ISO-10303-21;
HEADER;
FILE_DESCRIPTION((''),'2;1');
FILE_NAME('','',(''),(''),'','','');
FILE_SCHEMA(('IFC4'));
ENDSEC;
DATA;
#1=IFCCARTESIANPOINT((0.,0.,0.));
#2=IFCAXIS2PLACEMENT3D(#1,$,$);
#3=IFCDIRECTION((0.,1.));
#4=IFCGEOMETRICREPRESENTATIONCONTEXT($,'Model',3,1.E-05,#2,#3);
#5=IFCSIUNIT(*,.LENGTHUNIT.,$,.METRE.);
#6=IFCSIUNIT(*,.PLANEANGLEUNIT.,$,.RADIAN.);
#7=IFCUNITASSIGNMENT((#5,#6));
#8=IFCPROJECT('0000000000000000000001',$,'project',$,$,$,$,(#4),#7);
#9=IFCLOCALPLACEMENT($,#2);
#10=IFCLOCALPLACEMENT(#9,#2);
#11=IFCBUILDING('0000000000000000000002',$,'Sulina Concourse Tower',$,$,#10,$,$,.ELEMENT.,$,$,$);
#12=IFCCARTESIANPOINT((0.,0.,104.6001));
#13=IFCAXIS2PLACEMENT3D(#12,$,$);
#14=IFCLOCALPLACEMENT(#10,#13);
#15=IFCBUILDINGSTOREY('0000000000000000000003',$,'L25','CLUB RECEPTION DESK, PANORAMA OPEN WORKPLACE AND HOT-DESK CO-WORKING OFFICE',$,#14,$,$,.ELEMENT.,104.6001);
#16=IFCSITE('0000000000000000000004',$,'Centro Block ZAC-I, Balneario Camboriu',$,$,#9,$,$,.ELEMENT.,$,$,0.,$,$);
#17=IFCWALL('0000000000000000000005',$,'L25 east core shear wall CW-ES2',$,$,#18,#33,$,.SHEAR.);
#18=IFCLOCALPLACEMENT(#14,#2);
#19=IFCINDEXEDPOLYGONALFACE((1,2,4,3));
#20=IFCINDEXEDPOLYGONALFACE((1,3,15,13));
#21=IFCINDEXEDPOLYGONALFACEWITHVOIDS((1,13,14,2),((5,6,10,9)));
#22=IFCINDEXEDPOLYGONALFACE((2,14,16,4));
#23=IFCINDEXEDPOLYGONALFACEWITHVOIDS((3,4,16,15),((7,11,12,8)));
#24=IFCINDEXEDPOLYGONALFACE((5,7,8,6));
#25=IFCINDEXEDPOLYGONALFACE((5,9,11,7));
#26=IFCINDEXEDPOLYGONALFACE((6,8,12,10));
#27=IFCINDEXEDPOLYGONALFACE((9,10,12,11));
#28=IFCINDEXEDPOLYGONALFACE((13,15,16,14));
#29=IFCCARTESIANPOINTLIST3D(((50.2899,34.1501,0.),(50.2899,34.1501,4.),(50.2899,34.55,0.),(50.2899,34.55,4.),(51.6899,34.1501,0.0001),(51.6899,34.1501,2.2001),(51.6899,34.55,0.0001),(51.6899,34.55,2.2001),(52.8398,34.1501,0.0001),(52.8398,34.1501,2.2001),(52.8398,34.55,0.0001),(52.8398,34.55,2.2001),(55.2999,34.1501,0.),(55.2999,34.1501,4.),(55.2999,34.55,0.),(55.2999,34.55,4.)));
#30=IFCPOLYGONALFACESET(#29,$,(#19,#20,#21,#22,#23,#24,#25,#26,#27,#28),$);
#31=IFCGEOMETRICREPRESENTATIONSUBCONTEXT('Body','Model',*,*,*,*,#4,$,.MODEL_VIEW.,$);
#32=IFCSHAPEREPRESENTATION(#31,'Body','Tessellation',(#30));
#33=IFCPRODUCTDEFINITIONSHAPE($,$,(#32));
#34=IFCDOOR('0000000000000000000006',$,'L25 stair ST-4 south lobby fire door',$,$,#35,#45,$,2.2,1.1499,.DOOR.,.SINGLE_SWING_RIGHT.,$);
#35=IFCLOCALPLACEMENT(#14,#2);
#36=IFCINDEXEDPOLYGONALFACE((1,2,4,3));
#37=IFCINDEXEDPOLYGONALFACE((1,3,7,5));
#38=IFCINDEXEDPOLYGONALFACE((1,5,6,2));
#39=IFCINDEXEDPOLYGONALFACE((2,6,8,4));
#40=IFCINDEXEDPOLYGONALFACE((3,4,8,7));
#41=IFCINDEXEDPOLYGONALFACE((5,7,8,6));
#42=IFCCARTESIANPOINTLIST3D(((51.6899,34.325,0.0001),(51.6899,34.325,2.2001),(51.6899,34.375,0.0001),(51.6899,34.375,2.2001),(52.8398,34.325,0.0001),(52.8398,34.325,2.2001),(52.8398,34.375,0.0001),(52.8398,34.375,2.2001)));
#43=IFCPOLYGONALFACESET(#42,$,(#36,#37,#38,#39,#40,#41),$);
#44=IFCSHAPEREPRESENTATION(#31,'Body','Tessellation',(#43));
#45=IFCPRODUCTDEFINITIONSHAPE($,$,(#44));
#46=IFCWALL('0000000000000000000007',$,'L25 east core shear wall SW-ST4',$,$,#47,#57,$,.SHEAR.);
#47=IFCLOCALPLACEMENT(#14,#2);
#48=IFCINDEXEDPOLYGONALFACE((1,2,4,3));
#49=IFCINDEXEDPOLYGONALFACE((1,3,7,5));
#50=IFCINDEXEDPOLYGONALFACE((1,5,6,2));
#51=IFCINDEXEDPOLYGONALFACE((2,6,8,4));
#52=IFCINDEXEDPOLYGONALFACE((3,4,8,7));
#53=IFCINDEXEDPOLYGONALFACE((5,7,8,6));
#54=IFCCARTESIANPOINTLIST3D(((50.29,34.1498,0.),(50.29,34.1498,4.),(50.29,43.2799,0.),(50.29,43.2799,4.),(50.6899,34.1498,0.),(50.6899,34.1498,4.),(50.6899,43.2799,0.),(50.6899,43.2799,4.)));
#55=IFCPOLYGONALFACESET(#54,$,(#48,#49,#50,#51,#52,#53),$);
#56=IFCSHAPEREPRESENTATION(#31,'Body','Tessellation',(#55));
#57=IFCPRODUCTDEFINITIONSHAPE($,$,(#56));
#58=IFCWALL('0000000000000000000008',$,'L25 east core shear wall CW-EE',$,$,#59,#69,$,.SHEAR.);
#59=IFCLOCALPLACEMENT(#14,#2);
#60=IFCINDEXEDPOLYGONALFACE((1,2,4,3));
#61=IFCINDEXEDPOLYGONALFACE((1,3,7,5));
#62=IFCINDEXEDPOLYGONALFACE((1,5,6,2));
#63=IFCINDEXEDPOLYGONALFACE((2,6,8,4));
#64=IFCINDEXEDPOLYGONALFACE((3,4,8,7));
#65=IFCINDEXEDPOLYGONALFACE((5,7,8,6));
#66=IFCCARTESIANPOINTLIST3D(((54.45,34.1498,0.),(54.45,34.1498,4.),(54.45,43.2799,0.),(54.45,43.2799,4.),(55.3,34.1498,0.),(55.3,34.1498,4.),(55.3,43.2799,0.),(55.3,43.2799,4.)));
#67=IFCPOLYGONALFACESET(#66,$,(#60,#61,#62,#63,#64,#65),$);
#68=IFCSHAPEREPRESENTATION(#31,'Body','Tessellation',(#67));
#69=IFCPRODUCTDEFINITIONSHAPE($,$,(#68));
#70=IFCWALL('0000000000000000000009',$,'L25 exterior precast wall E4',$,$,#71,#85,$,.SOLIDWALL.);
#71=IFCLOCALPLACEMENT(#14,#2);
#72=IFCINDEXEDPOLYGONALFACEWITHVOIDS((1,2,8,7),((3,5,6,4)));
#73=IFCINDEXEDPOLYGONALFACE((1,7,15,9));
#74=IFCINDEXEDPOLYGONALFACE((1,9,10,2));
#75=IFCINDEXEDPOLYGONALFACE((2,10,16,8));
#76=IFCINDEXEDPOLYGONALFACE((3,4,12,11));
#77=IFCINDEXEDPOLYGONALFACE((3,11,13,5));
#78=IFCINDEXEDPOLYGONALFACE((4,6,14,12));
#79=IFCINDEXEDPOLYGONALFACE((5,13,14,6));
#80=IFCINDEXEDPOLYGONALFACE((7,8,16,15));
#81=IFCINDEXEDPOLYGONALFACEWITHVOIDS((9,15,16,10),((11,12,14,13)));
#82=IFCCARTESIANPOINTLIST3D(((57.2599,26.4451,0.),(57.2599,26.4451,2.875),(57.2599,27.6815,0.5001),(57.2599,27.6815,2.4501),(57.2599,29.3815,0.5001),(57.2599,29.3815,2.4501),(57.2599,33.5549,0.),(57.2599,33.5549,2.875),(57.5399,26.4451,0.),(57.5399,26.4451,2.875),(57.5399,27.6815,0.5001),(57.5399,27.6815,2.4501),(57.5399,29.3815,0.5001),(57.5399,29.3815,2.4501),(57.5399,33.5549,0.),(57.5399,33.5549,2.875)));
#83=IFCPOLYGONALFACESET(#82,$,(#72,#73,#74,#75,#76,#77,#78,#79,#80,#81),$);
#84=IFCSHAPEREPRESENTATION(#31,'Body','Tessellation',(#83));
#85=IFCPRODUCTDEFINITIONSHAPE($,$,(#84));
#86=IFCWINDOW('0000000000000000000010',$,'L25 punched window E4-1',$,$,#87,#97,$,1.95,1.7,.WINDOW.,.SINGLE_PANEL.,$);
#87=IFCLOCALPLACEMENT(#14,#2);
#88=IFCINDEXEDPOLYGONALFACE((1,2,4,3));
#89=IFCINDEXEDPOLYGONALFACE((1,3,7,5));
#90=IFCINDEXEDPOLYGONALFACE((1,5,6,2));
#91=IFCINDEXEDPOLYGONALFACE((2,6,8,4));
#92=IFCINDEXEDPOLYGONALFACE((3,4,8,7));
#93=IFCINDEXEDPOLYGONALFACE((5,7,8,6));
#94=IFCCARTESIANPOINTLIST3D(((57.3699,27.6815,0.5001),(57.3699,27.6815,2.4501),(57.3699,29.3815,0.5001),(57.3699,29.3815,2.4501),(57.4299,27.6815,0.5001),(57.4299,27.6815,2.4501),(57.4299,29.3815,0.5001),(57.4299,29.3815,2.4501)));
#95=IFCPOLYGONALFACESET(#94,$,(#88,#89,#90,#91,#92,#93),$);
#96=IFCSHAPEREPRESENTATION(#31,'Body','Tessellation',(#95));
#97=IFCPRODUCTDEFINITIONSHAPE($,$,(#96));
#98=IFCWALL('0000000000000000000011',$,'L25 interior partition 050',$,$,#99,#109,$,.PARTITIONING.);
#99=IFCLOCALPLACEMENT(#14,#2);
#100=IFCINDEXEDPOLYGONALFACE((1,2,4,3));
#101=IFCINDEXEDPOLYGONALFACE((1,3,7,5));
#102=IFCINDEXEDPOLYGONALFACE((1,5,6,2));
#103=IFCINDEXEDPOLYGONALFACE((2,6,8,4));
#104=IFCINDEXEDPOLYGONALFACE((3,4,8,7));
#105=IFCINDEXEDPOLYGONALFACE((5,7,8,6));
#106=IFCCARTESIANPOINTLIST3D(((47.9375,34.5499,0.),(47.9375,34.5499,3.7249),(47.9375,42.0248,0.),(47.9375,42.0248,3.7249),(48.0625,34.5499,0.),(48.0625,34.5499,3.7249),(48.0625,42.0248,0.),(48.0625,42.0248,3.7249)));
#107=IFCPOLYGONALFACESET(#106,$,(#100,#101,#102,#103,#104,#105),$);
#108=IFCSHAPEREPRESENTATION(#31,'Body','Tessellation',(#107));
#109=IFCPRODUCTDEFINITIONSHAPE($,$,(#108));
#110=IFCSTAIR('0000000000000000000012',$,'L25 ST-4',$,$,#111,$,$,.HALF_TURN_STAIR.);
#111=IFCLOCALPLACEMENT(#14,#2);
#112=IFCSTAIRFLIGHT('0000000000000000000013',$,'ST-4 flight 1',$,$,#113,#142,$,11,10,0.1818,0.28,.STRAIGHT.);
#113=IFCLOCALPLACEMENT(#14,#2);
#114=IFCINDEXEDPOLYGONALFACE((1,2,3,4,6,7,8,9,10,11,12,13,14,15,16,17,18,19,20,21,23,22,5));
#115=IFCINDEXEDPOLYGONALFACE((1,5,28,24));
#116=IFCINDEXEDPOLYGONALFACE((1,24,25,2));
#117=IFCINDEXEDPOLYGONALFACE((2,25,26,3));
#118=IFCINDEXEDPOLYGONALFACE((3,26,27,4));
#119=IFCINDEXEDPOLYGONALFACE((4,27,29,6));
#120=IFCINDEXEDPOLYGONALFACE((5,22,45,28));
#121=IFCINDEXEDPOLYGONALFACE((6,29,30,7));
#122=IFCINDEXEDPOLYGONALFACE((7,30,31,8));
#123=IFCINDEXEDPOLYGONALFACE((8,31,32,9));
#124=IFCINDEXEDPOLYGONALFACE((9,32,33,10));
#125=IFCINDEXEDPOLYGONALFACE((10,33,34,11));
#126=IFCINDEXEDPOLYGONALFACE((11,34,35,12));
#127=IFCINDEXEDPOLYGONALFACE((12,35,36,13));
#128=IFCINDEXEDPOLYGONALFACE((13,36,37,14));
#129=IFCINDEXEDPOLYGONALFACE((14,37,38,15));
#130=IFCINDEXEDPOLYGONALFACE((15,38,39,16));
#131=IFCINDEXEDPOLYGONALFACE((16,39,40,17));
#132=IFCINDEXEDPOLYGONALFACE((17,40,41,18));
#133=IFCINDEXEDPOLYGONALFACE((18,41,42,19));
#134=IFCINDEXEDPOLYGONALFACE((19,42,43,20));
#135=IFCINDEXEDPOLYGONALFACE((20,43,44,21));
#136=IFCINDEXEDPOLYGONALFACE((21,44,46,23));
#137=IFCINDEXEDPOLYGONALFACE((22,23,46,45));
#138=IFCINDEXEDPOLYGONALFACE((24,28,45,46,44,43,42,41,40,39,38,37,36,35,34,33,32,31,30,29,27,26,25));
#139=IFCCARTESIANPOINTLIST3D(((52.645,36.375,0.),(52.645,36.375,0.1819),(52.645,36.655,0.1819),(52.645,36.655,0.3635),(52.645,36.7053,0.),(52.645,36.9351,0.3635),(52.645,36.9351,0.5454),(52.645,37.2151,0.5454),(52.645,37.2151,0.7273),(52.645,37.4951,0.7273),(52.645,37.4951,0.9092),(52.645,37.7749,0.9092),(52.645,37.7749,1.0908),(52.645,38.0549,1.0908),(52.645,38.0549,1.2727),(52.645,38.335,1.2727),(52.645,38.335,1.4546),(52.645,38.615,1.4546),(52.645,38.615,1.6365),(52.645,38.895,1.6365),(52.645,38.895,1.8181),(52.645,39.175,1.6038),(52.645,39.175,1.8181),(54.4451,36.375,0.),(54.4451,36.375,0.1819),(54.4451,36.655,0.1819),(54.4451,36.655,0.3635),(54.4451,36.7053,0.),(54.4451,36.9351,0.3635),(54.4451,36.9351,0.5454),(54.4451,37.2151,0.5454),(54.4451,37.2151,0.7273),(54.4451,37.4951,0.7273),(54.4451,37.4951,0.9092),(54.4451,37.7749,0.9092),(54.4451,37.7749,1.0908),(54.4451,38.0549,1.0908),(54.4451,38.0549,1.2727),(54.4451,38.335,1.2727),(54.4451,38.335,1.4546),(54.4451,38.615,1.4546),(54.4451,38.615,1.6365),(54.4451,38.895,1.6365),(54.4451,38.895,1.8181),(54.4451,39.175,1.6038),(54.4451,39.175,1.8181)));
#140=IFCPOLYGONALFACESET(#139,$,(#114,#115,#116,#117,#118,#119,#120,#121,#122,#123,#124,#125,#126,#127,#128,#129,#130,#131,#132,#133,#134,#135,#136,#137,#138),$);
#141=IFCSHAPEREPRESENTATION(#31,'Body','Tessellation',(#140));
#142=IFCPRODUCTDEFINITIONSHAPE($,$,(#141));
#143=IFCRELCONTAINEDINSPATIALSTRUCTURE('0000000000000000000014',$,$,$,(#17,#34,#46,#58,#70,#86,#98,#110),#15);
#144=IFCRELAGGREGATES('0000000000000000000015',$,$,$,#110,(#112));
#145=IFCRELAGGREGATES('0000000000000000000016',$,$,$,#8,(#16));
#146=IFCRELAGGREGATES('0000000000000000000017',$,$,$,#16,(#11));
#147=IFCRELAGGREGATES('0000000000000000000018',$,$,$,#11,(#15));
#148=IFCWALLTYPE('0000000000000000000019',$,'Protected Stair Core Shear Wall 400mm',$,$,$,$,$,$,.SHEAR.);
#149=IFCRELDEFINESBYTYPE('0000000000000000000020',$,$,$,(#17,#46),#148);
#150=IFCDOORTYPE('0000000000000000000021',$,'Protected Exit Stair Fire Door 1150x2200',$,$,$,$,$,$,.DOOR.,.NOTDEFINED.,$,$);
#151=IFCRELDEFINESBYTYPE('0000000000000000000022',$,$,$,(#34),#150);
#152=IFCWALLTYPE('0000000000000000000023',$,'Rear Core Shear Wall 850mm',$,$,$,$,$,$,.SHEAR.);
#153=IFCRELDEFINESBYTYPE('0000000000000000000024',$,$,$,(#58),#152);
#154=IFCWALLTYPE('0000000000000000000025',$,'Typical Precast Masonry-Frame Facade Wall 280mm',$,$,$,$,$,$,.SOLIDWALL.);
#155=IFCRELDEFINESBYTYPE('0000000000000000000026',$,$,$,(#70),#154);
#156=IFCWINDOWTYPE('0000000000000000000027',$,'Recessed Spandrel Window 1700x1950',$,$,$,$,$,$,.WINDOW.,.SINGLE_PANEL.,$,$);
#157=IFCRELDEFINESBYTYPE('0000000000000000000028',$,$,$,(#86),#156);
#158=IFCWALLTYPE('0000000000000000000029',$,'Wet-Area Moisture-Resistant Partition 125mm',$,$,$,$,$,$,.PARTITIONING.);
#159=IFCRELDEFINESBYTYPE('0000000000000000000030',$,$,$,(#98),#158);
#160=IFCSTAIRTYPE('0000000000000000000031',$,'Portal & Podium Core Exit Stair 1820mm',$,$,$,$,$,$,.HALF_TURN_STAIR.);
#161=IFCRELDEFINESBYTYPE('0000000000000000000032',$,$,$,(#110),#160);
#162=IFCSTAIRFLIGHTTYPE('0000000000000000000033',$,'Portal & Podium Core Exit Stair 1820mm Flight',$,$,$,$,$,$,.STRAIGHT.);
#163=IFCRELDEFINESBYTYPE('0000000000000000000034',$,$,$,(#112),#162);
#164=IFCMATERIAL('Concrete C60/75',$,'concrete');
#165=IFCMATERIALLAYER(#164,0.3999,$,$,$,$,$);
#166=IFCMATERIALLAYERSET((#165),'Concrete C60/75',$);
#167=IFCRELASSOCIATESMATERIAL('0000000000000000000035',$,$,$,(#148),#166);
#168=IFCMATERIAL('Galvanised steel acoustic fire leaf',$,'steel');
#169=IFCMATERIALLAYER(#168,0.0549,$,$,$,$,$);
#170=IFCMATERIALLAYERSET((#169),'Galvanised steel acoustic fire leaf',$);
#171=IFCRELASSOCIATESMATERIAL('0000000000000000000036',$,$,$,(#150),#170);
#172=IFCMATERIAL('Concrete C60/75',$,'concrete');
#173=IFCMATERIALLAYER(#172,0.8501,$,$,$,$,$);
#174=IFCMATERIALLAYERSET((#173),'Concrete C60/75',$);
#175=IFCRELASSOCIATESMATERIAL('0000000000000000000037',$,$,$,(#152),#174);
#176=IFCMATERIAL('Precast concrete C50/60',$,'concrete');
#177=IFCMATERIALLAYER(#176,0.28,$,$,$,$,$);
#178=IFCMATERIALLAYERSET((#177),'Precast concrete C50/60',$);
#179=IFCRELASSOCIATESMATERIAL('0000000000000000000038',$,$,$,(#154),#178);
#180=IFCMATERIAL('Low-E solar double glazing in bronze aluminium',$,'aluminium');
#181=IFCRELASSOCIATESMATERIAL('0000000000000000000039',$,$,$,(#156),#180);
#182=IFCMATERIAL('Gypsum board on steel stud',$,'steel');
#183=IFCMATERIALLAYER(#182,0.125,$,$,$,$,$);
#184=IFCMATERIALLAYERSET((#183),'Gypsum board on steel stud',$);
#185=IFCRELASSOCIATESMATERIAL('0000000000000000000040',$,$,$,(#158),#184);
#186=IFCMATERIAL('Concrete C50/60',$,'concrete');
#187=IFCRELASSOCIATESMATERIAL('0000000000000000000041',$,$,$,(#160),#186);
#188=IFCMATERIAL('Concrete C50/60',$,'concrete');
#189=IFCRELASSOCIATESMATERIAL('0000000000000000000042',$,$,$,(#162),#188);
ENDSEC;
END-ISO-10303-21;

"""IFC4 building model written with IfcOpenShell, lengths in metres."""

from ifc_helpers import new_model, si_unit, direction, frame, frame_2d, origin, place, context, subcontext, project, spatial, polyline, rectangle, outline, extrude, material, layer, layer_set, type_object, element, fill, aggregate, save


model = new_model("IFC4")

# Units and contexts
model_context = context("Model", 3, precision=1e-05, world=origin(), true_north=direction((0.0, 1.0)))
body_context = subcontext(model_context, "Body", "Model", "MODEL_VIEW")
ifc_project = project(units=[si_unit("LENGTHUNIT", "METRE"), si_unit("PLANEANGLEUNIT", "RADIAN")], contexts=[model_context])

# Site, building, storey
site_placement = place(None, origin())
site = spatial("IfcSite", under=ifc_project, at=site_placement, Name="Centro Block ZAC-I, Balneario Camboriu", CompositionType="ELEMENT", RefElevation=0.0)
building_placement = place(site_placement, origin())
building = spatial("IfcBuilding", under=site, at=building_placement, Name="Sulina Concourse Tower", CompositionType="ELEMENT")
storey_placement = place(building_placement, frame((0.0, 0.0, 104.6001)))
storey = spatial("IfcBuildingStorey", under=building, at=storey_placement, Name="L25", Description="CLUB RECEPTION DESK, PANORAMA OPEN WORKPLACE AND HOT-DESK CO-WORKING OFFICE", CompositionType="ELEMENT", Elevation=104.6001)

# Shared definitions
ifc_material_1 = material(Name="Concrete C60/75", Category="concrete")
ifc_layer_1 = layer(ifc_material_1, 0.3999)
ifc_layer_set_1 = layer_set([ifc_layer_1], Name="Concrete C60/75")
wall_type_1 = type_object("IfcWallType", Name="Protected Stair Core Shear Wall 400mm", PredefinedType="SHEAR", material=ifc_layer_set_1)

# Wall, opening, door
wall_1_placement = place(storey_placement, frame((50.29, 34.3501, 0.0), z_axis=(0.0, 0.0, 1.0), x_axis=(1.0, 0.0, 0.0)))
wall_1 = element("IfcWall", 1, at=wall_1_placement, inside=storey, type_object=wall_type_1, Name="L25 east core shear wall CW-ES2", PredefinedType="SHEAR", context=body_context, shape_type="SweptSolid", body=[
    extrude(rectangle(XDim=5.01, YDim=0.3999, at=frame_2d((2.5049, 0.0))), origin(), (0.0, 0.0, 1.0), 4.0),
])
opening_1_placement = place(wall_1_placement, frame((1.3999, 0.0, 0.0)))
opening_1 = element("IfcOpeningElement", 2, at=opening_1_placement, cuts=wall_1, PredefinedType="OPENING", context=body_context, shape_type="SweptSolid", body=[
    extrude(rectangle(XDim=1.1499, YDim=2.2, at=frame_2d((0.575, 1.1001))), frame((0.0, 0.21, 0.0), z_axis=(0.0, -1.0, 0.0), x_axis=(1.0, 0.0, 0.0)), (0.0, 0.0, 1.0), 0.4199),
])
ifc_material_2 = material(Name="Galvanised steel acoustic fire leaf", Category="steel")
ifc_layer_2 = layer(ifc_material_2, 0.0549)
ifc_layer_set_2 = layer_set([ifc_layer_2], Name="Galvanised steel acoustic fire leaf")
door_type_1 = type_object("IfcDoorType", Name="Protected Exit Stair Fire Door 1150x2200", OperationType="NOTDEFINED", PredefinedType="DOOR", material=ifc_layer_set_2)
door_1_placement = place(opening_1_placement, origin())
door_1 = element("IfcDoor", 3, at=door_1_placement, inside=storey, type_object=door_type_1, Name="L25 stair ST-4 south lobby fire door", OperationType="SINGLE_SWING_RIGHT", OverallHeight=2.2, OverallWidth=1.1499, PredefinedType="DOOR", context=body_context, shape_type="SweptSolid", body=[
    extrude(rectangle(XDim=1.1499, YDim=2.2, at=frame_2d((0.575, 1.1001))), frame((0.0, 0.0249, 0.0), z_axis=(0.0, -1.0, 0.0), x_axis=(1.0, 0.0, 0.0)), (0.0, 0.0, 1.0), 0.05),
])
fill(opening_1, door_1)

# Walls
wall_2_placement = place(storey_placement, frame((50.49, 34.1499, 0.0), z_axis=(0.0, 0.0, 1.0), x_axis=(0.0, 1.0, 0.0)))
element("IfcWall", 4, at=wall_2_placement, inside=storey, type_object=wall_type_1, Name="L25 east core shear wall SW-ST4", PredefinedType="SHEAR", context=body_context, shape_type="SweptSolid", body=[
    extrude(rectangle(XDim=9.1301, YDim=0.3999, at=frame_2d((4.5649, 0.0))), origin(), (0.0, 0.0, 1.0), 4.0),
])
ifc_material_3 = material(Name="Concrete C60/75", Category="concrete")
ifc_layer_3 = layer(ifc_material_3, 0.8501)
ifc_layer_set_3 = layer_set([ifc_layer_3], Name="Concrete C60/75")
wall_type_2 = type_object("IfcWallType", Name="Rear Core Shear Wall 850mm", PredefinedType="SHEAR", material=ifc_layer_set_3)
wall_3_placement = place(storey_placement, frame((54.875, 34.1499, 0.0), z_axis=(0.0, 0.0, 1.0), x_axis=(0.0, 1.0, 0.0)))
element("IfcWall", 5, at=wall_3_placement, inside=storey, type_object=wall_type_2, Name="L25 east core shear wall CW-EE", PredefinedType="SHEAR", context=body_context, shape_type="SweptSolid", body=[
    extrude(rectangle(XDim=9.1301, YDim=0.8501, at=frame_2d((4.5649, 0.0))), origin(), (0.0, 0.0, 1.0), 4.0),
])

# Wall, opening, window
ifc_material_4 = material(Name="Precast concrete C50/60", Category="concrete")
ifc_layer_4 = layer(ifc_material_4, 0.28)
ifc_layer_set_4 = layer_set([ifc_layer_4], Name="Precast concrete C50/60")
wall_type_3 = type_object("IfcWallType", Name="Typical Precast Masonry-Frame Facade Wall 280mm", PredefinedType="SOLIDWALL", material=ifc_layer_set_4)
wall_4_placement = place(storey_placement, frame((57.3999, 33.5549, 0.0), z_axis=(0.0, 0.0, 1.0), x_axis=(0.0, -1.0, 0.0)))
wall_4 = element("IfcWall", 6, at=wall_4_placement, inside=storey, type_object=wall_type_3, Name="L25 exterior precast wall E4", PredefinedType="SOLIDWALL", context=body_context, shape_type="SweptSolid", body=[
    extrude(rectangle(XDim=7.1099, YDim=0.28, at=frame_2d((3.5549, 0.0))), origin(), (0.0, 0.0, 1.0), 2.875),
])
opening_2_placement = place(wall_4_placement, frame((4.1733, 0.0, 0.5)))
opening_2 = element("IfcOpeningElement", 7, at=opening_2_placement, cuts=wall_4, PredefinedType="OPENING", context=body_context, shape_type="SweptSolid", body=[
    extrude(rectangle(XDim=1.7, YDim=1.95, at=frame_2d((0.8501, 0.9751))), frame((0.0, 0.1499, 0.0), z_axis=(0.0, -1.0, 0.0), x_axis=(1.0, 0.0, 0.0)), (0.0, 0.0, 1.0), 0.3),
])
ifc_material_5 = material(Name="Low-E solar double glazing in bronze aluminium", Category="aluminium")
window_type = type_object("IfcWindowType", Name="Recessed Spandrel Window 1700x1950", PartitioningType="SINGLE_PANEL", PredefinedType="WINDOW", material=ifc_material_5)
window_placement = place(opening_2_placement, origin())
window = element("IfcWindow", 8, at=window_placement, inside=storey, type_object=window_type, Name="L25 punched window E4-1", OverallHeight=1.95, OverallWidth=1.7, PartitioningType="SINGLE_PANEL", PredefinedType="WINDOW", context=body_context, shape_type="SweptSolid", body=[
    extrude(rectangle(XDim=1.7, YDim=1.95, at=frame_2d((0.8501, 0.9751))), frame((0.0, 0.03, 0.0), z_axis=(0.0, -1.0, 0.0), x_axis=(1.0, 0.0, 0.0)), (0.0, 0.0, 1.0), 0.0601),
])
fill(opening_2, window)

# Wall
ifc_material_6 = material(Name="Gypsum board on steel stud", Category="steel")
ifc_layer_5 = layer(ifc_material_6, 0.125)
ifc_layer_set_5 = layer_set([ifc_layer_5], Name="Gypsum board on steel stud")
wall_type_4 = type_object("IfcWallType", Name="Wet-Area Moisture-Resistant Partition 125mm", PredefinedType="PARTITIONING", material=ifc_layer_set_5)
wall_5_placement = place(storey_placement, frame((48.0, 34.55, 0.0), z_axis=(0.0, 0.0, 1.0), x_axis=(0.0, 1.0, 0.0)))
element("IfcWall", 9, at=wall_5_placement, inside=storey, type_object=wall_type_4, Name="L25 interior partition 050", PredefinedType="PARTITIONING", context=body_context, shape_type="SweptSolid", body=[
    extrude(rectangle(XDim=7.4749, YDim=0.125, at=frame_2d((3.7373, 0.0))), origin(), (0.0, 0.0, 1.0), 3.7249),
])

# Stair, stair flight
ifc_material_7 = material(Name="Concrete C50/60", Category="concrete")
stair_type = type_object("IfcStairType", Name="Portal & Podium Core Exit Stair 1820mm", PredefinedType="HALF_TURN_STAIR", material=ifc_material_7)
stair_placement = place(storey_placement, origin())
stair = element("IfcStair", 10, at=stair_placement, inside=storey, type_object=stair_type, Name="L25 ST-4", PredefinedType="HALF_TURN_STAIR")
ifc_material_8 = material(Name="Concrete C50/60", Category="concrete")
stair_flight_type = type_object("IfcStairFlightType", Name="Portal & Podium Core Exit Stair 1820mm Flight", PredefinedType="STRAIGHT", material=ifc_material_8)
stair_flight_placement = place(storey_placement, frame((53.5449, 36.375, 0.0), z_axis=(0.0, 0.0, 1.0), x_axis=(0.0, 1.0, 0.0)))
stair_flight = element("IfcStairFlight", 11, at=stair_flight_placement, type_object=stair_flight_type, Name="ST-4 flight 1", NumberOfRisers=11, NumberOfTreads=10, PredefinedType="STRAIGHT", RiserHeight=0.1818, TreadLength=0.28, context=body_context, shape_type="SweptSolid", body=[
    extrude(outline(polyline([(0.0, 0.0), (0.0, 0.1819), (0.28, 0.1819), (0.28, 0.3635), (0.5601, 0.3635), (0.5601, 0.5454), (0.8401, 0.5454), (0.8401, 0.7273), (1.1201, 0.7273), (1.1201, 0.9092), (1.3999, 0.9092), (1.3999, 1.0908), (1.6799, 1.0908), (1.6799, 1.2727), (1.96, 1.2727), (1.96, 1.4546), (2.24, 1.4546), (2.24, 1.6365), (2.52, 1.6365), (2.52, 1.8181), (2.8, 1.8181), (2.8, 2.0), (2.8, 1.6038), (0.3303, 0.0), (0.0, 0.0)])), frame((0.0, 0.8999, 0.0), z_axis=(0.0, -1.0, 0.0), x_axis=(1.0, 0.0, 0.0)), (0.0, 0.0, 1.0), 1.8),
])
aggregate(stair, [stair_flight])

save(model, "model.ifc")
